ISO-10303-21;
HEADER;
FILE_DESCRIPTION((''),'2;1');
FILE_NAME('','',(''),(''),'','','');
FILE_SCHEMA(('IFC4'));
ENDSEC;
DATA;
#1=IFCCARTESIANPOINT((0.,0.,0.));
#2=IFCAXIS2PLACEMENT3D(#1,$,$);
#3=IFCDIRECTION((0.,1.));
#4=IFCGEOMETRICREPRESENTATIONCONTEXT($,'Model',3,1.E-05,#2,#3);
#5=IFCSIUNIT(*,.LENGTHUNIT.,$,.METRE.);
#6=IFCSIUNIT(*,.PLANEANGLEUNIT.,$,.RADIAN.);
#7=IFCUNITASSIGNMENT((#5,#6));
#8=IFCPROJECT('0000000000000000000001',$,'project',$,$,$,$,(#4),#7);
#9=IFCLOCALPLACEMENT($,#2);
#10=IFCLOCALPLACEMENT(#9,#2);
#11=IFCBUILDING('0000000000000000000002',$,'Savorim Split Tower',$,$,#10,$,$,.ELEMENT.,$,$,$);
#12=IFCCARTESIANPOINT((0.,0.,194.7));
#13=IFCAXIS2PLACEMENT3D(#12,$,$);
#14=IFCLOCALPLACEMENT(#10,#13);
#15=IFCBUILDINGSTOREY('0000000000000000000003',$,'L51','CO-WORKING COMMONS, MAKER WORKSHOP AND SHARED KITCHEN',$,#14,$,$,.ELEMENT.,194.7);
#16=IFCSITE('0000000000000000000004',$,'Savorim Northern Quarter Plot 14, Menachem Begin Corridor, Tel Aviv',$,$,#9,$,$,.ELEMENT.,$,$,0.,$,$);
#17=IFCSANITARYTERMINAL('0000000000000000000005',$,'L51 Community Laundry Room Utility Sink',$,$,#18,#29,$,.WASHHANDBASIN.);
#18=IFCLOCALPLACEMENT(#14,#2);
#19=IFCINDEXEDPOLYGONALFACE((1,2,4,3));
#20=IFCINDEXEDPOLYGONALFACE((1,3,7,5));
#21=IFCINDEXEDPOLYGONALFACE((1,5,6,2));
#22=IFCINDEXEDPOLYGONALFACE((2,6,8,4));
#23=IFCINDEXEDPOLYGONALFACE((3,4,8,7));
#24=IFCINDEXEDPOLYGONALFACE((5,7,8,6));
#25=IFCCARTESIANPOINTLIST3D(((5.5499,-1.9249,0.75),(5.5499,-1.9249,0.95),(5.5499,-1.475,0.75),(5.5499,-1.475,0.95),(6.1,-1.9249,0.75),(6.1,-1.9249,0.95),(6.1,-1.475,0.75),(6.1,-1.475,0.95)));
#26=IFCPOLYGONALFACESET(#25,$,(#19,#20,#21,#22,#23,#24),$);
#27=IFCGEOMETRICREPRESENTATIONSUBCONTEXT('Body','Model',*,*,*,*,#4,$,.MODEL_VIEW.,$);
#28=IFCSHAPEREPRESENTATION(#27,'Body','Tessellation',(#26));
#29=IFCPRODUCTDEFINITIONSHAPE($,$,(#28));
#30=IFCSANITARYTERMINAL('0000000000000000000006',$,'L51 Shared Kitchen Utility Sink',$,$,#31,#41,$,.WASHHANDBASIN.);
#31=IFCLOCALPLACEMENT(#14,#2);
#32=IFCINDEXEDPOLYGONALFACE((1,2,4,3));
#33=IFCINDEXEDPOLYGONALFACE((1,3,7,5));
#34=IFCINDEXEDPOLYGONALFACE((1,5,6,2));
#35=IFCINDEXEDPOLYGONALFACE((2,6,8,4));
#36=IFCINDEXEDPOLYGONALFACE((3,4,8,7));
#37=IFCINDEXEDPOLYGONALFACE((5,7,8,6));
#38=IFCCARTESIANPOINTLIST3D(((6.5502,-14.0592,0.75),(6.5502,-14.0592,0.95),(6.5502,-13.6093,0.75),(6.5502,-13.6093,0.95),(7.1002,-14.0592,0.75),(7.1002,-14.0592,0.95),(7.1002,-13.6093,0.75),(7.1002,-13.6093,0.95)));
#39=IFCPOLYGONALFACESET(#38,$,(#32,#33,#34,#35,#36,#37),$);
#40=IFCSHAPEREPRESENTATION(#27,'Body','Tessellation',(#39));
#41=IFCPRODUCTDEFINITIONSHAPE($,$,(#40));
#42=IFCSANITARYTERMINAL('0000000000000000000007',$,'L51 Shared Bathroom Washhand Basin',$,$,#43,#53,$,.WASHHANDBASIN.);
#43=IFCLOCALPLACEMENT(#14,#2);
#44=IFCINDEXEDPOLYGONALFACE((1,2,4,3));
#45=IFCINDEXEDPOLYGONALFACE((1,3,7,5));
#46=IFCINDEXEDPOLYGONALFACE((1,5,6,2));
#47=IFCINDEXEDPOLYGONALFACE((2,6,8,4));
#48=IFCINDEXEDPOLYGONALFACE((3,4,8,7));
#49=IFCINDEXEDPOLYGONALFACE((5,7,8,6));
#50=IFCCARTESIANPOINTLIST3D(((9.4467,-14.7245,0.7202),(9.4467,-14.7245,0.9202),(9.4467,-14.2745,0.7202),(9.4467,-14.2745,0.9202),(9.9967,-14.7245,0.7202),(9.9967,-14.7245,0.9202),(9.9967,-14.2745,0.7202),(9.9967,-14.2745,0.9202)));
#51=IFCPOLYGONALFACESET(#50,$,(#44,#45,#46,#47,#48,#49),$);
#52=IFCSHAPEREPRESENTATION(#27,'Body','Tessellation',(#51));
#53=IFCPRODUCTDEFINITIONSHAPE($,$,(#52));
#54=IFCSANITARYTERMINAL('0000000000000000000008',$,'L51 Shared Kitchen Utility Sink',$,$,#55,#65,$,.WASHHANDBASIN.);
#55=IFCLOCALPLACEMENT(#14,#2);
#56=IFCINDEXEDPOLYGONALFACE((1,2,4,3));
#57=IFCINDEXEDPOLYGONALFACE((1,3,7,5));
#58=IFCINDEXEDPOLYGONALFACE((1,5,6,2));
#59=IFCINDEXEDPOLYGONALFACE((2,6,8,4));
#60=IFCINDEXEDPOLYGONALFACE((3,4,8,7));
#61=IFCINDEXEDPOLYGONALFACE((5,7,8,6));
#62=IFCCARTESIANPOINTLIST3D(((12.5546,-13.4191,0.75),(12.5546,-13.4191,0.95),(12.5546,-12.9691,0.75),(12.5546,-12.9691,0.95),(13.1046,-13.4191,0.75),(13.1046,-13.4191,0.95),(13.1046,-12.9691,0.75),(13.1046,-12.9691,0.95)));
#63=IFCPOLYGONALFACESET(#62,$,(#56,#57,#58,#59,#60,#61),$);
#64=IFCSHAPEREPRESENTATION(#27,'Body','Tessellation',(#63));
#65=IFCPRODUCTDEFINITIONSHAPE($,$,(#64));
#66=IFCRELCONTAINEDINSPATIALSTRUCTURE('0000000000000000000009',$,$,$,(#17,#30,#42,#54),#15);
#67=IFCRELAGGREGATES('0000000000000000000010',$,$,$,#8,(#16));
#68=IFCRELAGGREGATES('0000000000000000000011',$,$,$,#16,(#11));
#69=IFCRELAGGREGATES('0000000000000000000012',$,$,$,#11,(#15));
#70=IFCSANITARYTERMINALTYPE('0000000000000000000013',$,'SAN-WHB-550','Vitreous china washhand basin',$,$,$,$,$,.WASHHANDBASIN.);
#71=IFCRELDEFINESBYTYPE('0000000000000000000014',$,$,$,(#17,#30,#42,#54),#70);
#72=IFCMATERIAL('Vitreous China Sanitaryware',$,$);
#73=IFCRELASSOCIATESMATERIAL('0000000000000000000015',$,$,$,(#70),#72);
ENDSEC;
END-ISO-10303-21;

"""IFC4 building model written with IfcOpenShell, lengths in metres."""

from ifc_helpers import new_model, si_unit, direction, frame, origin, origin_2d, place, context, subcontext, project, spatial, rectangle, extrude, material, type_object, element, save


model = new_model("IFC4")

# Units and contexts
model_context = context("Model", 3, precision=1e-05, world=origin(), true_north=direction((0.0, 1.0)))
body_context = subcontext(model_context, "Body", "Model", "MODEL_VIEW")
ifc_project = project(units=[si_unit("LENGTHUNIT", "METRE"), si_unit("PLANEANGLEUNIT", "RADIAN")], contexts=[model_context])

# Site, building, storey
site_placement = place(None, origin())
site = spatial("IfcSite", under=ifc_project, at=site_placement, Name="Savorim Northern Quarter Plot 14, Menachem Begin Corridor, Tel Aviv", CompositionType="ELEMENT", RefElevation=0.0)
building_placement = place(site_placement, origin())
building = spatial("IfcBuilding", under=site, at=building_placement, Name="Savorim Split Tower", CompositionType="ELEMENT")
storey_placement = place(building_placement, frame((0.0, 0.0, 194.7)))
storey = spatial("IfcBuildingStorey", under=building, at=storey_placement, Name="L51", Description="CO-WORKING COMMONS, MAKER WORKSHOP AND SHARED KITCHEN", CompositionType="ELEMENT", Elevation=194.7)

# Sanitary terminals
ifc_material_1 = material(Name="Vitreous China Sanitaryware")
sanitary_terminal_type_1 = type_object("IfcSanitaryTerminalType", Name="SAN-WHB-550", Description="Vitreous china washhand basin", PredefinedType="WASHHANDBASIN", material=ifc_material_1)
for number, where, z_axis, x_axis, name in (
    (1, (5.825, -1.7, 0.75), (0.0, 0.0, 1.0), (1.0, 0.0, 0.0), "L51 Community Laundry Room Utility Sink"),
    (2, (6.8252, -13.8342, 0.75), (0.0, 0.0, 1.0), (1.0, 0.0, 0.0), "L51 Shared Kitchen Utility Sink"),
    (3, (9.7217, -14.4995, 0.7202), (0.0, 0.0, 1.0), (1.0, 0.0, 0.0), "L51 Shared Bathroom Washhand Basin"),
    (4, (12.8296, -13.1941, 0.75), (0.0, 0.0, 1.0), (1.0, 0.0, 0.0), "L51 Shared Kitchen Utility Sink"),
):
    element("IfcSanitaryTerminal", number, at=place(storey_placement, frame(where, z_axis=z_axis, x_axis=x_axis)), inside=storey, type_object=sanitary_terminal_type_1, Name=name, PredefinedType="WASHHANDBASIN", context=body_context, shape_type="SweptSolid", body=[
        extrude(rectangle(XDim=0.55, YDim=0.45, at=origin_2d()), origin(), (0.0, 0.0, 1.0), 0.2),
    ])

save(model, "model.ifc")
